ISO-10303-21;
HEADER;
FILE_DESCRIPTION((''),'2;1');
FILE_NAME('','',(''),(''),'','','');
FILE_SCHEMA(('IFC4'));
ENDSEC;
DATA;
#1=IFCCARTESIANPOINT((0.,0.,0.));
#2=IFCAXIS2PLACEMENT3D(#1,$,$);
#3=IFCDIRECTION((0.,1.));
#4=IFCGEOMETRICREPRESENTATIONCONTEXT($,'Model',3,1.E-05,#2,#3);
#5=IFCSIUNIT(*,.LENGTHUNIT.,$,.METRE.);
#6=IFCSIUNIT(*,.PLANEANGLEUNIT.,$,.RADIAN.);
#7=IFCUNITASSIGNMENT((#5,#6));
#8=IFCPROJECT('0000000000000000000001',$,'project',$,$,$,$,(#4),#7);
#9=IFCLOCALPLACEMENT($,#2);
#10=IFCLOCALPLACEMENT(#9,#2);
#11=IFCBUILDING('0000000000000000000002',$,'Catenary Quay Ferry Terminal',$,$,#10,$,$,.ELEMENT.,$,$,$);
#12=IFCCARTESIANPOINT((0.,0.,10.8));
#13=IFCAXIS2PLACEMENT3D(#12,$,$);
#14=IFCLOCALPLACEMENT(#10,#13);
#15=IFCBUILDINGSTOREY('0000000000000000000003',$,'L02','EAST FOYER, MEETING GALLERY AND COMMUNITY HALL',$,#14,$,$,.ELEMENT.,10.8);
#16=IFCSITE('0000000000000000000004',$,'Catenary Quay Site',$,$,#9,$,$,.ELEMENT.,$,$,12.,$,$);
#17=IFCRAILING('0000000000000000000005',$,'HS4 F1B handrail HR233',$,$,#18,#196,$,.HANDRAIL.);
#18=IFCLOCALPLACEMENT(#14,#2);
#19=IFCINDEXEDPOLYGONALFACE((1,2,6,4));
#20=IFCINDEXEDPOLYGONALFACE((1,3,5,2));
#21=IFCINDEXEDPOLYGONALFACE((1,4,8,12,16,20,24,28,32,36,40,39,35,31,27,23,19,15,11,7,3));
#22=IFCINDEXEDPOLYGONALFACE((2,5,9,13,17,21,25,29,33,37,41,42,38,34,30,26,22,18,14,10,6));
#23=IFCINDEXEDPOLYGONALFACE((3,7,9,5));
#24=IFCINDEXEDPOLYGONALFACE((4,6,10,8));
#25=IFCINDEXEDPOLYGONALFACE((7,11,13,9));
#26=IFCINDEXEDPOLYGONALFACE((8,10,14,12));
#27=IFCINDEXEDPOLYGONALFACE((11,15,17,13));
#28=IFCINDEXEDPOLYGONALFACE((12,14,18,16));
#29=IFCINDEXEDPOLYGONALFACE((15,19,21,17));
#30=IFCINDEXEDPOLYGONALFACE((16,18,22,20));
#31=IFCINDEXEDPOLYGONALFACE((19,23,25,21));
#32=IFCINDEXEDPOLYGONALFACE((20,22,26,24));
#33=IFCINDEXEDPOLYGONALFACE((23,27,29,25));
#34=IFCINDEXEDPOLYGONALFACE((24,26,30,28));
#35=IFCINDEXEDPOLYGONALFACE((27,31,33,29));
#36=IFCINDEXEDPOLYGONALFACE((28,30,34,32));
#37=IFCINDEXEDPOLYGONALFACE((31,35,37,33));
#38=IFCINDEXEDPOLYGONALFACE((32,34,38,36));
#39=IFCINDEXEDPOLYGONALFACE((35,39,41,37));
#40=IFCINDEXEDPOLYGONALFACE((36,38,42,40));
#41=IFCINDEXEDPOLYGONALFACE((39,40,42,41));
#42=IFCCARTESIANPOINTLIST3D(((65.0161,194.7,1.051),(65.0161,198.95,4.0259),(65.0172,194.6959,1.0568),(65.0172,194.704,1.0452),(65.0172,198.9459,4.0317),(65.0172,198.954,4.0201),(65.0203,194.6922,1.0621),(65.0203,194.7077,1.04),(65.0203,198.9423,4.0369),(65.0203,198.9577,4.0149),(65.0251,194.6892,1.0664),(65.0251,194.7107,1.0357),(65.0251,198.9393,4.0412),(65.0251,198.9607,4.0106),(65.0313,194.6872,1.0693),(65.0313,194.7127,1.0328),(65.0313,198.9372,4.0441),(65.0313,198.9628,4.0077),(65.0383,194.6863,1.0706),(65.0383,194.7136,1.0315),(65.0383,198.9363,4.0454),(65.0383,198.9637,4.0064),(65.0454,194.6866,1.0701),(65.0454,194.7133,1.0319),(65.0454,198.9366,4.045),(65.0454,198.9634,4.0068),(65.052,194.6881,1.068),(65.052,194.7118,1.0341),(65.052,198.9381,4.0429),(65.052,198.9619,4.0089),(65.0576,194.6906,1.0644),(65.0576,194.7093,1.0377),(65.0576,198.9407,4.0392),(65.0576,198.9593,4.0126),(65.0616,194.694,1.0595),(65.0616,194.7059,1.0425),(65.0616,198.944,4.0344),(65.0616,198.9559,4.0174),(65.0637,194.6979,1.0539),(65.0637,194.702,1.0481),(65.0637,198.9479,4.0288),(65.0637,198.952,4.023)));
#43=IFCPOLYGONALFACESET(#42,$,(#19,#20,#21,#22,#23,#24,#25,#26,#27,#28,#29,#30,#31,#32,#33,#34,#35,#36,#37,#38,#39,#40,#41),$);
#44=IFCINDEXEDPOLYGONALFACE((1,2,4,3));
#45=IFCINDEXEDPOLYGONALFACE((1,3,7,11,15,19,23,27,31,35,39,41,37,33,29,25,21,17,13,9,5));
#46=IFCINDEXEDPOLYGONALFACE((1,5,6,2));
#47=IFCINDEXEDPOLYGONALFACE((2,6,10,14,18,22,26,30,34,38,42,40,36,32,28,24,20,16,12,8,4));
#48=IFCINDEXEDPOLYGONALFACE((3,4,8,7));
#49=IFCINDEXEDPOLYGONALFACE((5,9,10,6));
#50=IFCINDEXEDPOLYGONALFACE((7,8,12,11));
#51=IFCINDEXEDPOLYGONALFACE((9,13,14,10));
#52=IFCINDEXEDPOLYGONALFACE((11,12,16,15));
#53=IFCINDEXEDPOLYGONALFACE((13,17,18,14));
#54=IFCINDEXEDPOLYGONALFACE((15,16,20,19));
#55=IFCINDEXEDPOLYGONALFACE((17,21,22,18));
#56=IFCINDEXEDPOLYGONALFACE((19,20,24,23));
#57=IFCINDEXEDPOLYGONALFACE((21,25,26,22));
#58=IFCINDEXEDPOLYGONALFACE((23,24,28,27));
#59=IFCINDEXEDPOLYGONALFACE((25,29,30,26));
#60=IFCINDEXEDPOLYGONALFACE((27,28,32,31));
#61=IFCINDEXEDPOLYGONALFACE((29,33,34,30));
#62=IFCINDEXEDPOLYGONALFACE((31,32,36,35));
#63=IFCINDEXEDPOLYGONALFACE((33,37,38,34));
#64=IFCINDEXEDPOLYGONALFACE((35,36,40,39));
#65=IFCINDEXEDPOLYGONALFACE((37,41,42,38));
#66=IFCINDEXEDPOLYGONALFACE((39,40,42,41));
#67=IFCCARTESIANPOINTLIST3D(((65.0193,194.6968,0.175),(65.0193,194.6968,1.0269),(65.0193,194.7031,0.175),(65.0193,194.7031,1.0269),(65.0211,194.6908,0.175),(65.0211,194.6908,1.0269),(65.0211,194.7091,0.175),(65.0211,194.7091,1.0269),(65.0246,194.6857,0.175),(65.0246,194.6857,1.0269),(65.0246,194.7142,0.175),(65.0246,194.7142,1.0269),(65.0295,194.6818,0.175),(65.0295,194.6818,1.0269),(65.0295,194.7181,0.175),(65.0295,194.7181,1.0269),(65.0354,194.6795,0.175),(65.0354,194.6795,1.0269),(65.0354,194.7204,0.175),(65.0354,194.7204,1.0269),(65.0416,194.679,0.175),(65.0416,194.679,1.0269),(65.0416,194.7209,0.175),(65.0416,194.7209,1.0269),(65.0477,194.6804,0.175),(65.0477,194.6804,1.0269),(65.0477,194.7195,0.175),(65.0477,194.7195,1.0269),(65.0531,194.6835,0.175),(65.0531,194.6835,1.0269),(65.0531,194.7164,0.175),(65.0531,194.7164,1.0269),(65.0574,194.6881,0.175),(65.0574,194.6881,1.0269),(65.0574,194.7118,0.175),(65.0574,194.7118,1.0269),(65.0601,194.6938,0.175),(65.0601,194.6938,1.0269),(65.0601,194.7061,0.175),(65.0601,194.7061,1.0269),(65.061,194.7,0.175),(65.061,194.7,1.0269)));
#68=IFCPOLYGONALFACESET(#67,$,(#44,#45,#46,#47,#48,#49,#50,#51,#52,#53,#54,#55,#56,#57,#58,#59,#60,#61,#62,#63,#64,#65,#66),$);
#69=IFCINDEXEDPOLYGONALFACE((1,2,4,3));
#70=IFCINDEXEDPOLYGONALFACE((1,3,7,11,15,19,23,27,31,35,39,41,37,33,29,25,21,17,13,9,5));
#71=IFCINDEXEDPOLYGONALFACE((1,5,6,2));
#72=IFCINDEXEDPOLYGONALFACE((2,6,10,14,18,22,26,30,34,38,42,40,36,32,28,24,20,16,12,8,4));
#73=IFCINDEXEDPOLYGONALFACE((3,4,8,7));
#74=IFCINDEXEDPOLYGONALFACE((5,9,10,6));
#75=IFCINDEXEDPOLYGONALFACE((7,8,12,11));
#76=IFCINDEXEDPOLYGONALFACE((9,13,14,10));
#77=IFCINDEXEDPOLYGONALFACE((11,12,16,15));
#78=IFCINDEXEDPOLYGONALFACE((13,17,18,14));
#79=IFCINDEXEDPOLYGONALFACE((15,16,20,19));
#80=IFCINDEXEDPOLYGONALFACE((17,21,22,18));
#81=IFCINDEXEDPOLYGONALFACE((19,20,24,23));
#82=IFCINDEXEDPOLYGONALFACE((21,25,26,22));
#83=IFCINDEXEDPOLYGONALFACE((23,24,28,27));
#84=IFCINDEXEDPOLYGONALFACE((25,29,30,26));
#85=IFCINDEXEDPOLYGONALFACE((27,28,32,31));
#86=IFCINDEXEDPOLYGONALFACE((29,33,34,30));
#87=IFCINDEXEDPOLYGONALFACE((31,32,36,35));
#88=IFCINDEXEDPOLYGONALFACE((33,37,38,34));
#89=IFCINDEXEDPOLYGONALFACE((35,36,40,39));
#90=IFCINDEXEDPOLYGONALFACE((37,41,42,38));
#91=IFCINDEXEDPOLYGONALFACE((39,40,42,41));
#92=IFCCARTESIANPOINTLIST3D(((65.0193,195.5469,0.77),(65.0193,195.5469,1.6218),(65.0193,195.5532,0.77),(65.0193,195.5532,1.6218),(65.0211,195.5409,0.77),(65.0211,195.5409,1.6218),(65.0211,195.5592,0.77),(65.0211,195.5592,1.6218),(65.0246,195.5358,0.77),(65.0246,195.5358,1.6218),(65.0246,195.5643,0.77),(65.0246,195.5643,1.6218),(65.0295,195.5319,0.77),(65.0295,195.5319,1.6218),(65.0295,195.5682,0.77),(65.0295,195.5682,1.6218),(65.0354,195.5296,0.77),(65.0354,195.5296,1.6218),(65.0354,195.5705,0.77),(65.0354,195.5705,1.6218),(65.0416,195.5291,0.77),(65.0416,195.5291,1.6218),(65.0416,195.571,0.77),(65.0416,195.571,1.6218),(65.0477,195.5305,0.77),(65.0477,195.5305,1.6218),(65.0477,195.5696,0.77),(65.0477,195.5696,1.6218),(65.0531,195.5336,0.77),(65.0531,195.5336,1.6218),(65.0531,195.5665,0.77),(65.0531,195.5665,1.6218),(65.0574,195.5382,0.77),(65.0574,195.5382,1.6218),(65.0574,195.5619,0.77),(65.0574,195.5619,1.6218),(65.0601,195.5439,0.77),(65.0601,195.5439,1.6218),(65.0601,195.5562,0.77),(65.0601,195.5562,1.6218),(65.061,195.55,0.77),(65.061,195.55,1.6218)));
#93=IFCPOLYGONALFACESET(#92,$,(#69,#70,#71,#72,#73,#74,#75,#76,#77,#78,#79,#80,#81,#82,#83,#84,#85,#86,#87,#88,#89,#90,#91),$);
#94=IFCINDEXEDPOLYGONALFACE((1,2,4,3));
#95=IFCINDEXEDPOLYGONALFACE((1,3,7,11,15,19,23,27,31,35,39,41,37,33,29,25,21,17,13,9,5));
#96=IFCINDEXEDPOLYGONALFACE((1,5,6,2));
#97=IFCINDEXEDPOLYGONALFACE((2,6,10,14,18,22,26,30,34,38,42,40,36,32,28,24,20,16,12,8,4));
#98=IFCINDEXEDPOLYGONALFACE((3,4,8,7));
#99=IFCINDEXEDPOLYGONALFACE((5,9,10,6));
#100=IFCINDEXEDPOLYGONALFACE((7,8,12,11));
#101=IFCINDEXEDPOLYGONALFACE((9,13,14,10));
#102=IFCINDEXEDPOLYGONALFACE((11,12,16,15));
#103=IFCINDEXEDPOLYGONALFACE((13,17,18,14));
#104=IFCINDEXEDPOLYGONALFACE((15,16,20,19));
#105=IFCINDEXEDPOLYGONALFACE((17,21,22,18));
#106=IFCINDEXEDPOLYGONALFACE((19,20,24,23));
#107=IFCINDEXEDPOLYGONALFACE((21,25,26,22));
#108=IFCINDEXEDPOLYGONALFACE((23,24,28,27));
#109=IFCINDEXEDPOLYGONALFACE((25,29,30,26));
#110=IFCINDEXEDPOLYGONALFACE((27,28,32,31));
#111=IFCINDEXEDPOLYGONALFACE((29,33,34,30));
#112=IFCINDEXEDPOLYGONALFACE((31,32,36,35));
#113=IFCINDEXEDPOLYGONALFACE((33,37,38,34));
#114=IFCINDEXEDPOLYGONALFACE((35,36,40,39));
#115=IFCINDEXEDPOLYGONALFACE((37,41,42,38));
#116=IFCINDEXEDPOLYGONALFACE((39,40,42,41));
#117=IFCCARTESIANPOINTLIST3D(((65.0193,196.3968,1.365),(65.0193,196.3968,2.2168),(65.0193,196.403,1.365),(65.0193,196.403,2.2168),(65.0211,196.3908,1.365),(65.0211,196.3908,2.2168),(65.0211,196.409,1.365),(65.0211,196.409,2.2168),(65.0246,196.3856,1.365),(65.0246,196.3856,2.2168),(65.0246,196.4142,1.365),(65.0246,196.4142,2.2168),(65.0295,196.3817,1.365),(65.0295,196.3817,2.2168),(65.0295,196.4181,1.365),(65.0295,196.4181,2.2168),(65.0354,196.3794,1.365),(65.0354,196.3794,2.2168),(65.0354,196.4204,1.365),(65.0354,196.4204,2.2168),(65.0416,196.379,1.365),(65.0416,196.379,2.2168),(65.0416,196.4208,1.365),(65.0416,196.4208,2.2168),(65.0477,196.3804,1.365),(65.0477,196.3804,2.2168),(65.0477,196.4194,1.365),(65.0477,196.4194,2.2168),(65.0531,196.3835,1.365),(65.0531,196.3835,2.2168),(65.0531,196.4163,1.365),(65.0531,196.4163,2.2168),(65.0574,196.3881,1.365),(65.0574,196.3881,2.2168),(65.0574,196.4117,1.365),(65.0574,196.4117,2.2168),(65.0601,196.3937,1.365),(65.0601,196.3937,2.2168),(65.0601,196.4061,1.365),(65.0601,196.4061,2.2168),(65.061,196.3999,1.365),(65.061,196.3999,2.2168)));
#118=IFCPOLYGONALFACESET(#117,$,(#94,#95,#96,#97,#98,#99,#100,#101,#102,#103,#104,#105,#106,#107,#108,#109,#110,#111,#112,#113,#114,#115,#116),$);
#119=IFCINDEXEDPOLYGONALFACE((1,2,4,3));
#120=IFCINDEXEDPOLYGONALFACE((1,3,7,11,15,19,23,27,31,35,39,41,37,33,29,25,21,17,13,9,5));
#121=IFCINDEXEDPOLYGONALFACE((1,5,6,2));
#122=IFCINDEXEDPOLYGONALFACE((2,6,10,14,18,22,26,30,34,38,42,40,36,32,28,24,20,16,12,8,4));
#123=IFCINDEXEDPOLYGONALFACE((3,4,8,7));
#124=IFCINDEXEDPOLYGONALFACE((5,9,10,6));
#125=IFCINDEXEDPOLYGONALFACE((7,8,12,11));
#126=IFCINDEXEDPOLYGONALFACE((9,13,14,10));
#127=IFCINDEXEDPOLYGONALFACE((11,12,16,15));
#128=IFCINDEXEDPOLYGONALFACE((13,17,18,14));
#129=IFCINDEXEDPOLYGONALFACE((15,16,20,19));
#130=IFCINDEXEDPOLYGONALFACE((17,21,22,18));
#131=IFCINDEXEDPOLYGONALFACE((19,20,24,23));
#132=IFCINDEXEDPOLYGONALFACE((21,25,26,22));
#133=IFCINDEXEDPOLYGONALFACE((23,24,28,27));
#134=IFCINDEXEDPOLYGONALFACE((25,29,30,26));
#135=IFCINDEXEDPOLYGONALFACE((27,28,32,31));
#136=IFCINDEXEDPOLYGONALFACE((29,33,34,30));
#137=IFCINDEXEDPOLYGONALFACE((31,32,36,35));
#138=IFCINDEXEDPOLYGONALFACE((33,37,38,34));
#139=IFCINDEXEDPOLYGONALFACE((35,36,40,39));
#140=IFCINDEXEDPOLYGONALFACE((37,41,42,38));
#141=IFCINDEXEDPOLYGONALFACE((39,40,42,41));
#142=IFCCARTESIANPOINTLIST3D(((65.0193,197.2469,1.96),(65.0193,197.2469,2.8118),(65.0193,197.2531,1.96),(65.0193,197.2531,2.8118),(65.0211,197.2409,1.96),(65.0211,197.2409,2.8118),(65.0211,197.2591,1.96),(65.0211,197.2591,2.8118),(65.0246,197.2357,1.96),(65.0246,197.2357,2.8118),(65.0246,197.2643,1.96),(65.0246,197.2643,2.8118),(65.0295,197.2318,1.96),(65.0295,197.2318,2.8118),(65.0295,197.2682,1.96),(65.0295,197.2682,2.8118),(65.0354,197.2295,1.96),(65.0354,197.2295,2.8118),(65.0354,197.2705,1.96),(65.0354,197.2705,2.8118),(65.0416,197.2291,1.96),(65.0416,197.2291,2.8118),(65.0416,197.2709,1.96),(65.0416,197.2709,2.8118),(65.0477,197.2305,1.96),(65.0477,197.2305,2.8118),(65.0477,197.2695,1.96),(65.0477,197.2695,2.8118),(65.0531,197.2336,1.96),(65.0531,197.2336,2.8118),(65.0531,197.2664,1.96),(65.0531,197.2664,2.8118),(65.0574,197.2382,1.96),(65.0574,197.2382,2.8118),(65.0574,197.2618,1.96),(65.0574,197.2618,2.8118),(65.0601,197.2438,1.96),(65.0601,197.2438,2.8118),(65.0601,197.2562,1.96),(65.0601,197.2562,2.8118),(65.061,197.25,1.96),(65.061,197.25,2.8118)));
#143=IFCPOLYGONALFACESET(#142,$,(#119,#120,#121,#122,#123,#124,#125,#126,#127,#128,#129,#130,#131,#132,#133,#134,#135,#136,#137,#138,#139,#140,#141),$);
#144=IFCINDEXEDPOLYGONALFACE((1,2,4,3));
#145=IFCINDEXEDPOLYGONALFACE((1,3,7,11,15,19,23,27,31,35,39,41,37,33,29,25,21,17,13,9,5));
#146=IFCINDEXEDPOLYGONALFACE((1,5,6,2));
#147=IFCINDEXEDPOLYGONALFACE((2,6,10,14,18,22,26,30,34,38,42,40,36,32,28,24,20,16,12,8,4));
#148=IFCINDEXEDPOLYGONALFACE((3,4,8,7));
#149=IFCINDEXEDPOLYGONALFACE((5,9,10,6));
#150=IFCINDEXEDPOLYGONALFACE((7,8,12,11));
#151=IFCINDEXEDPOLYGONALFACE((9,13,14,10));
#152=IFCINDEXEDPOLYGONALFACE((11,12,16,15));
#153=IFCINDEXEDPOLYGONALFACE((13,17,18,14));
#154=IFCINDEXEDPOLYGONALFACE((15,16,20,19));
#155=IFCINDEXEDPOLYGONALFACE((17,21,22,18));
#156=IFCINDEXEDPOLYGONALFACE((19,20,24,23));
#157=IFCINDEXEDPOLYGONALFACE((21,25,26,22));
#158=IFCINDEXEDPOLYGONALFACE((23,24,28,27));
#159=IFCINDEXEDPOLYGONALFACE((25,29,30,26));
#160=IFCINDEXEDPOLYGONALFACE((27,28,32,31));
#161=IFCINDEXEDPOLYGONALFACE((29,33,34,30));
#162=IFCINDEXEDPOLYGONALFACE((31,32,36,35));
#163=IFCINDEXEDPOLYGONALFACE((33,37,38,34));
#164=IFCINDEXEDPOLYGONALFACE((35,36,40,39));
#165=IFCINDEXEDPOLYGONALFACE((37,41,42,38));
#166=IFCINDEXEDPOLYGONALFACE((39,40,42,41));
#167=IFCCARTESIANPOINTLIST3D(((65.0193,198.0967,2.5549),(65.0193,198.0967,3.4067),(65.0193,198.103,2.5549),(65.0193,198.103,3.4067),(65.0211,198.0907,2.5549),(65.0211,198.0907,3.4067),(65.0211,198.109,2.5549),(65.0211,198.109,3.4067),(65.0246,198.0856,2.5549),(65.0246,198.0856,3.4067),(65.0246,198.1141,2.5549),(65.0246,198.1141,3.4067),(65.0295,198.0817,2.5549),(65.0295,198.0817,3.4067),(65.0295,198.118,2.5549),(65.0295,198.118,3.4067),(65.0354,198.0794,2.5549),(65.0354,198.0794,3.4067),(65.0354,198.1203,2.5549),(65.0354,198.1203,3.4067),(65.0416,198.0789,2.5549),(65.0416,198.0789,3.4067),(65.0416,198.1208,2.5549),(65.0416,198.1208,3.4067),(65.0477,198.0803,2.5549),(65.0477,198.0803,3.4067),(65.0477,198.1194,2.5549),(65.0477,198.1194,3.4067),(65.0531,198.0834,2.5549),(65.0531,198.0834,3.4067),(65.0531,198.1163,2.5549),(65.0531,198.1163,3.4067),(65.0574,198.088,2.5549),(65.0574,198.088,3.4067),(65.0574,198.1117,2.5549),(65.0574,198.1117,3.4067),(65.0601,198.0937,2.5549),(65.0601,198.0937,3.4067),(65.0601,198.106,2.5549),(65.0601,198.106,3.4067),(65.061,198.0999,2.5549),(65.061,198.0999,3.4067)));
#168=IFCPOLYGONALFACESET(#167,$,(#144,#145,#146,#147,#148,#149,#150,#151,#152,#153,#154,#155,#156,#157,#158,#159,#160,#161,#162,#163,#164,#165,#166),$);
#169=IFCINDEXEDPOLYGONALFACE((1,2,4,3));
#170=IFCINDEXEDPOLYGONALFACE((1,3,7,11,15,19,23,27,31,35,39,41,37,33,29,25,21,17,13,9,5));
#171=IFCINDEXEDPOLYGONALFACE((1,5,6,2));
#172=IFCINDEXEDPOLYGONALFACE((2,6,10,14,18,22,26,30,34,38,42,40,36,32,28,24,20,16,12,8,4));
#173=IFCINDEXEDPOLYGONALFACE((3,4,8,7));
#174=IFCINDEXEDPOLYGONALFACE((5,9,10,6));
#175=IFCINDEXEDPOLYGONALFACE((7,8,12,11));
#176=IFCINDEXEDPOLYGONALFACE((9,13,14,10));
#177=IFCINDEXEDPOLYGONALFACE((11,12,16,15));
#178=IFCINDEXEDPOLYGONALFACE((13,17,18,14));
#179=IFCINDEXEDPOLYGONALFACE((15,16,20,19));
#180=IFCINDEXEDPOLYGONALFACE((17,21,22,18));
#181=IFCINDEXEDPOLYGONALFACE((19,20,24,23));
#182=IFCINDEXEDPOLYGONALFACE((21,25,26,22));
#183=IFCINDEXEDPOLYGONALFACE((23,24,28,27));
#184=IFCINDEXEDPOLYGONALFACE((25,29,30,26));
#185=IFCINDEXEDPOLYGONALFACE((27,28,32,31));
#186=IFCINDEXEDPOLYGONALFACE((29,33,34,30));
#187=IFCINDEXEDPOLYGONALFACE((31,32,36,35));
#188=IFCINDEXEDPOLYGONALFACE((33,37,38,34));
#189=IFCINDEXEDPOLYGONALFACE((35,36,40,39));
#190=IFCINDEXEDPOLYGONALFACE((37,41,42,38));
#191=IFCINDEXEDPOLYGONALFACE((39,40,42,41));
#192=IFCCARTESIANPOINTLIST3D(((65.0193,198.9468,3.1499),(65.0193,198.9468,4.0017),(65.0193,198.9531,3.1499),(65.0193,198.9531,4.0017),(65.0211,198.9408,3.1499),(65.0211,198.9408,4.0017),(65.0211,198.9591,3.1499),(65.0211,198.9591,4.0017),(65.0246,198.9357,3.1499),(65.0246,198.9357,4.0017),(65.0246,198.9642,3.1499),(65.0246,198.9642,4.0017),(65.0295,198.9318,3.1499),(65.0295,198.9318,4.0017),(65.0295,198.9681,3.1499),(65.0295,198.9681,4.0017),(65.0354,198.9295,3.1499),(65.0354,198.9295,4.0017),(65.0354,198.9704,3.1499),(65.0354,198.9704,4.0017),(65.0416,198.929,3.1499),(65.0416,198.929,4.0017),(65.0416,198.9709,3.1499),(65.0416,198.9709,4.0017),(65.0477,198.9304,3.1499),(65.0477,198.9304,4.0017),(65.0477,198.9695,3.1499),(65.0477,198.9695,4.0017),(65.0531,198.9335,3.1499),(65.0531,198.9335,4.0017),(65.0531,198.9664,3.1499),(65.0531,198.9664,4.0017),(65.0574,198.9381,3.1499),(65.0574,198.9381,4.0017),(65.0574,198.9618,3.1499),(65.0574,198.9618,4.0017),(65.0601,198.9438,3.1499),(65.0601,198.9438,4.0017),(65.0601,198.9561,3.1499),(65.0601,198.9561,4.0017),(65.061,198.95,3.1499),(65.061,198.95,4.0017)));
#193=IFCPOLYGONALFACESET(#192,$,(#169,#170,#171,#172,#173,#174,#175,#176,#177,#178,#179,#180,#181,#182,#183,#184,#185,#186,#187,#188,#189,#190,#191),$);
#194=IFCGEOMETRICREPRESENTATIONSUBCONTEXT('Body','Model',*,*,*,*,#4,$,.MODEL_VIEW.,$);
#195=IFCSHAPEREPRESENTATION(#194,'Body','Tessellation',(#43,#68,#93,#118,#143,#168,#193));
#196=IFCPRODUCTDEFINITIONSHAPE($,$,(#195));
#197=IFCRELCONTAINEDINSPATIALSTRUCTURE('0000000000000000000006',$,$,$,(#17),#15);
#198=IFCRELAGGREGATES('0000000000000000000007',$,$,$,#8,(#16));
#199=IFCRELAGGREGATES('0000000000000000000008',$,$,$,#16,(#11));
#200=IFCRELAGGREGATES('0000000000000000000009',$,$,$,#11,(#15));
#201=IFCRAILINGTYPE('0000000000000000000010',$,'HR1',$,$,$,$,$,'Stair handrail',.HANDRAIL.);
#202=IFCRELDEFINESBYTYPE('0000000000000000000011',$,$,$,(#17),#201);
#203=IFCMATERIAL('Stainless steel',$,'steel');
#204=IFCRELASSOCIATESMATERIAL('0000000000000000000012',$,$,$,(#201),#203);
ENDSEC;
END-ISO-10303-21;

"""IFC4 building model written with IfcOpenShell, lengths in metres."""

from ifc_helpers import new_model, si_unit, direction, frame, origin, origin_2d, place, context, subcontext, project, spatial, circle, extrude, material, type_object, element, save


model = new_model("IFC4")

# Units and contexts
model_context = context("Model", 3, precision=1e-05, world=origin(), true_north=direction((0.0, 1.0)))
body_context = subcontext(model_context, "Body", "Model", "MODEL_VIEW")
ifc_project = project(units=[si_unit("LENGTHUNIT", "METRE"), si_unit("PLANEANGLEUNIT", "RADIAN")], contexts=[model_context])

# Site, building, storey
site_placement = place(None, origin())
site = spatial("IfcSite", under=ifc_project, at=site_placement, Name="Catenary Quay Site", CompositionType="ELEMENT", RefElevation=12.0)
building_placement = place(site_placement, origin())
building = spatial("IfcBuilding", under=site, at=building_placement, Name="Catenary Quay Ferry Terminal", CompositionType="ELEMENT")
storey_placement = place(building_placement, frame((0.0, 0.0, 10.8)))
storey = spatial("IfcBuildingStorey", under=building, at=storey_placement, Name="L02", Description="EAST FOYER, MEETING GALLERY AND COMMUNITY HALL", CompositionType="ELEMENT", Elevation=10.8)

# Railing
ifc_material_1 = material(Name="Stainless steel", Category="steel")
railing_type_1 = type_object("IfcRailingType", Name="HR1", ElementType="Stair handrail", PredefinedType="HANDRAIL", material=ifc_material_1)
for number, where, name in (
    (1, (65.04, 194.7, 0.175), "HS4 F1B handrail HR233"),
):
    element("IfcRailing", number, at=place(storey_placement, frame(where)), inside=storey, type_object=railing_type_1, Name=name, PredefinedType="HANDRAIL", context=body_context, shape_type="SweptSolid", body=[
        extrude(circle(Radius=0.0239, at=origin_2d()), frame((0.0, 0.0, 0.876), z_axis=(0.0, 0.819245, 0.573443), x_axis=(-1.0, 0.0, 0.0)), (0.0, 0.0, 1.0), 5.1877),
        extrude(circle(Radius=0.021, at=origin_2d()), origin(), (0.0, 0.0, 1.0), 0.8518),
        extrude(circle(Radius=0.021, at=origin_2d()), frame((0.0, 0.8501, 0.595)), (0.0, 0.0, 1.0), 0.8518),
        extrude(circle(Radius=0.021, at=origin_2d()), frame((0.0, 1.7, 1.1899)), (0.0, 0.0, 1.0), 0.8518),
        extrude(circle(Radius=0.021, at=origin_2d()), frame((0.0, 2.55, 1.7849)), (0.0, 0.0, 1.0), 0.8518),
        extrude(circle(Radius=0.021, at=origin_2d()), frame((0.0, 3.3999, 2.3799)), (0.0, 0.0, 1.0), 0.8518),
        extrude(circle(Radius=0.021, at=origin_2d()), frame((0.0, 4.25, 2.9749)), (0.0, 0.0, 1.0), 0.8518),
    ])

save(model, "model.ifc")
